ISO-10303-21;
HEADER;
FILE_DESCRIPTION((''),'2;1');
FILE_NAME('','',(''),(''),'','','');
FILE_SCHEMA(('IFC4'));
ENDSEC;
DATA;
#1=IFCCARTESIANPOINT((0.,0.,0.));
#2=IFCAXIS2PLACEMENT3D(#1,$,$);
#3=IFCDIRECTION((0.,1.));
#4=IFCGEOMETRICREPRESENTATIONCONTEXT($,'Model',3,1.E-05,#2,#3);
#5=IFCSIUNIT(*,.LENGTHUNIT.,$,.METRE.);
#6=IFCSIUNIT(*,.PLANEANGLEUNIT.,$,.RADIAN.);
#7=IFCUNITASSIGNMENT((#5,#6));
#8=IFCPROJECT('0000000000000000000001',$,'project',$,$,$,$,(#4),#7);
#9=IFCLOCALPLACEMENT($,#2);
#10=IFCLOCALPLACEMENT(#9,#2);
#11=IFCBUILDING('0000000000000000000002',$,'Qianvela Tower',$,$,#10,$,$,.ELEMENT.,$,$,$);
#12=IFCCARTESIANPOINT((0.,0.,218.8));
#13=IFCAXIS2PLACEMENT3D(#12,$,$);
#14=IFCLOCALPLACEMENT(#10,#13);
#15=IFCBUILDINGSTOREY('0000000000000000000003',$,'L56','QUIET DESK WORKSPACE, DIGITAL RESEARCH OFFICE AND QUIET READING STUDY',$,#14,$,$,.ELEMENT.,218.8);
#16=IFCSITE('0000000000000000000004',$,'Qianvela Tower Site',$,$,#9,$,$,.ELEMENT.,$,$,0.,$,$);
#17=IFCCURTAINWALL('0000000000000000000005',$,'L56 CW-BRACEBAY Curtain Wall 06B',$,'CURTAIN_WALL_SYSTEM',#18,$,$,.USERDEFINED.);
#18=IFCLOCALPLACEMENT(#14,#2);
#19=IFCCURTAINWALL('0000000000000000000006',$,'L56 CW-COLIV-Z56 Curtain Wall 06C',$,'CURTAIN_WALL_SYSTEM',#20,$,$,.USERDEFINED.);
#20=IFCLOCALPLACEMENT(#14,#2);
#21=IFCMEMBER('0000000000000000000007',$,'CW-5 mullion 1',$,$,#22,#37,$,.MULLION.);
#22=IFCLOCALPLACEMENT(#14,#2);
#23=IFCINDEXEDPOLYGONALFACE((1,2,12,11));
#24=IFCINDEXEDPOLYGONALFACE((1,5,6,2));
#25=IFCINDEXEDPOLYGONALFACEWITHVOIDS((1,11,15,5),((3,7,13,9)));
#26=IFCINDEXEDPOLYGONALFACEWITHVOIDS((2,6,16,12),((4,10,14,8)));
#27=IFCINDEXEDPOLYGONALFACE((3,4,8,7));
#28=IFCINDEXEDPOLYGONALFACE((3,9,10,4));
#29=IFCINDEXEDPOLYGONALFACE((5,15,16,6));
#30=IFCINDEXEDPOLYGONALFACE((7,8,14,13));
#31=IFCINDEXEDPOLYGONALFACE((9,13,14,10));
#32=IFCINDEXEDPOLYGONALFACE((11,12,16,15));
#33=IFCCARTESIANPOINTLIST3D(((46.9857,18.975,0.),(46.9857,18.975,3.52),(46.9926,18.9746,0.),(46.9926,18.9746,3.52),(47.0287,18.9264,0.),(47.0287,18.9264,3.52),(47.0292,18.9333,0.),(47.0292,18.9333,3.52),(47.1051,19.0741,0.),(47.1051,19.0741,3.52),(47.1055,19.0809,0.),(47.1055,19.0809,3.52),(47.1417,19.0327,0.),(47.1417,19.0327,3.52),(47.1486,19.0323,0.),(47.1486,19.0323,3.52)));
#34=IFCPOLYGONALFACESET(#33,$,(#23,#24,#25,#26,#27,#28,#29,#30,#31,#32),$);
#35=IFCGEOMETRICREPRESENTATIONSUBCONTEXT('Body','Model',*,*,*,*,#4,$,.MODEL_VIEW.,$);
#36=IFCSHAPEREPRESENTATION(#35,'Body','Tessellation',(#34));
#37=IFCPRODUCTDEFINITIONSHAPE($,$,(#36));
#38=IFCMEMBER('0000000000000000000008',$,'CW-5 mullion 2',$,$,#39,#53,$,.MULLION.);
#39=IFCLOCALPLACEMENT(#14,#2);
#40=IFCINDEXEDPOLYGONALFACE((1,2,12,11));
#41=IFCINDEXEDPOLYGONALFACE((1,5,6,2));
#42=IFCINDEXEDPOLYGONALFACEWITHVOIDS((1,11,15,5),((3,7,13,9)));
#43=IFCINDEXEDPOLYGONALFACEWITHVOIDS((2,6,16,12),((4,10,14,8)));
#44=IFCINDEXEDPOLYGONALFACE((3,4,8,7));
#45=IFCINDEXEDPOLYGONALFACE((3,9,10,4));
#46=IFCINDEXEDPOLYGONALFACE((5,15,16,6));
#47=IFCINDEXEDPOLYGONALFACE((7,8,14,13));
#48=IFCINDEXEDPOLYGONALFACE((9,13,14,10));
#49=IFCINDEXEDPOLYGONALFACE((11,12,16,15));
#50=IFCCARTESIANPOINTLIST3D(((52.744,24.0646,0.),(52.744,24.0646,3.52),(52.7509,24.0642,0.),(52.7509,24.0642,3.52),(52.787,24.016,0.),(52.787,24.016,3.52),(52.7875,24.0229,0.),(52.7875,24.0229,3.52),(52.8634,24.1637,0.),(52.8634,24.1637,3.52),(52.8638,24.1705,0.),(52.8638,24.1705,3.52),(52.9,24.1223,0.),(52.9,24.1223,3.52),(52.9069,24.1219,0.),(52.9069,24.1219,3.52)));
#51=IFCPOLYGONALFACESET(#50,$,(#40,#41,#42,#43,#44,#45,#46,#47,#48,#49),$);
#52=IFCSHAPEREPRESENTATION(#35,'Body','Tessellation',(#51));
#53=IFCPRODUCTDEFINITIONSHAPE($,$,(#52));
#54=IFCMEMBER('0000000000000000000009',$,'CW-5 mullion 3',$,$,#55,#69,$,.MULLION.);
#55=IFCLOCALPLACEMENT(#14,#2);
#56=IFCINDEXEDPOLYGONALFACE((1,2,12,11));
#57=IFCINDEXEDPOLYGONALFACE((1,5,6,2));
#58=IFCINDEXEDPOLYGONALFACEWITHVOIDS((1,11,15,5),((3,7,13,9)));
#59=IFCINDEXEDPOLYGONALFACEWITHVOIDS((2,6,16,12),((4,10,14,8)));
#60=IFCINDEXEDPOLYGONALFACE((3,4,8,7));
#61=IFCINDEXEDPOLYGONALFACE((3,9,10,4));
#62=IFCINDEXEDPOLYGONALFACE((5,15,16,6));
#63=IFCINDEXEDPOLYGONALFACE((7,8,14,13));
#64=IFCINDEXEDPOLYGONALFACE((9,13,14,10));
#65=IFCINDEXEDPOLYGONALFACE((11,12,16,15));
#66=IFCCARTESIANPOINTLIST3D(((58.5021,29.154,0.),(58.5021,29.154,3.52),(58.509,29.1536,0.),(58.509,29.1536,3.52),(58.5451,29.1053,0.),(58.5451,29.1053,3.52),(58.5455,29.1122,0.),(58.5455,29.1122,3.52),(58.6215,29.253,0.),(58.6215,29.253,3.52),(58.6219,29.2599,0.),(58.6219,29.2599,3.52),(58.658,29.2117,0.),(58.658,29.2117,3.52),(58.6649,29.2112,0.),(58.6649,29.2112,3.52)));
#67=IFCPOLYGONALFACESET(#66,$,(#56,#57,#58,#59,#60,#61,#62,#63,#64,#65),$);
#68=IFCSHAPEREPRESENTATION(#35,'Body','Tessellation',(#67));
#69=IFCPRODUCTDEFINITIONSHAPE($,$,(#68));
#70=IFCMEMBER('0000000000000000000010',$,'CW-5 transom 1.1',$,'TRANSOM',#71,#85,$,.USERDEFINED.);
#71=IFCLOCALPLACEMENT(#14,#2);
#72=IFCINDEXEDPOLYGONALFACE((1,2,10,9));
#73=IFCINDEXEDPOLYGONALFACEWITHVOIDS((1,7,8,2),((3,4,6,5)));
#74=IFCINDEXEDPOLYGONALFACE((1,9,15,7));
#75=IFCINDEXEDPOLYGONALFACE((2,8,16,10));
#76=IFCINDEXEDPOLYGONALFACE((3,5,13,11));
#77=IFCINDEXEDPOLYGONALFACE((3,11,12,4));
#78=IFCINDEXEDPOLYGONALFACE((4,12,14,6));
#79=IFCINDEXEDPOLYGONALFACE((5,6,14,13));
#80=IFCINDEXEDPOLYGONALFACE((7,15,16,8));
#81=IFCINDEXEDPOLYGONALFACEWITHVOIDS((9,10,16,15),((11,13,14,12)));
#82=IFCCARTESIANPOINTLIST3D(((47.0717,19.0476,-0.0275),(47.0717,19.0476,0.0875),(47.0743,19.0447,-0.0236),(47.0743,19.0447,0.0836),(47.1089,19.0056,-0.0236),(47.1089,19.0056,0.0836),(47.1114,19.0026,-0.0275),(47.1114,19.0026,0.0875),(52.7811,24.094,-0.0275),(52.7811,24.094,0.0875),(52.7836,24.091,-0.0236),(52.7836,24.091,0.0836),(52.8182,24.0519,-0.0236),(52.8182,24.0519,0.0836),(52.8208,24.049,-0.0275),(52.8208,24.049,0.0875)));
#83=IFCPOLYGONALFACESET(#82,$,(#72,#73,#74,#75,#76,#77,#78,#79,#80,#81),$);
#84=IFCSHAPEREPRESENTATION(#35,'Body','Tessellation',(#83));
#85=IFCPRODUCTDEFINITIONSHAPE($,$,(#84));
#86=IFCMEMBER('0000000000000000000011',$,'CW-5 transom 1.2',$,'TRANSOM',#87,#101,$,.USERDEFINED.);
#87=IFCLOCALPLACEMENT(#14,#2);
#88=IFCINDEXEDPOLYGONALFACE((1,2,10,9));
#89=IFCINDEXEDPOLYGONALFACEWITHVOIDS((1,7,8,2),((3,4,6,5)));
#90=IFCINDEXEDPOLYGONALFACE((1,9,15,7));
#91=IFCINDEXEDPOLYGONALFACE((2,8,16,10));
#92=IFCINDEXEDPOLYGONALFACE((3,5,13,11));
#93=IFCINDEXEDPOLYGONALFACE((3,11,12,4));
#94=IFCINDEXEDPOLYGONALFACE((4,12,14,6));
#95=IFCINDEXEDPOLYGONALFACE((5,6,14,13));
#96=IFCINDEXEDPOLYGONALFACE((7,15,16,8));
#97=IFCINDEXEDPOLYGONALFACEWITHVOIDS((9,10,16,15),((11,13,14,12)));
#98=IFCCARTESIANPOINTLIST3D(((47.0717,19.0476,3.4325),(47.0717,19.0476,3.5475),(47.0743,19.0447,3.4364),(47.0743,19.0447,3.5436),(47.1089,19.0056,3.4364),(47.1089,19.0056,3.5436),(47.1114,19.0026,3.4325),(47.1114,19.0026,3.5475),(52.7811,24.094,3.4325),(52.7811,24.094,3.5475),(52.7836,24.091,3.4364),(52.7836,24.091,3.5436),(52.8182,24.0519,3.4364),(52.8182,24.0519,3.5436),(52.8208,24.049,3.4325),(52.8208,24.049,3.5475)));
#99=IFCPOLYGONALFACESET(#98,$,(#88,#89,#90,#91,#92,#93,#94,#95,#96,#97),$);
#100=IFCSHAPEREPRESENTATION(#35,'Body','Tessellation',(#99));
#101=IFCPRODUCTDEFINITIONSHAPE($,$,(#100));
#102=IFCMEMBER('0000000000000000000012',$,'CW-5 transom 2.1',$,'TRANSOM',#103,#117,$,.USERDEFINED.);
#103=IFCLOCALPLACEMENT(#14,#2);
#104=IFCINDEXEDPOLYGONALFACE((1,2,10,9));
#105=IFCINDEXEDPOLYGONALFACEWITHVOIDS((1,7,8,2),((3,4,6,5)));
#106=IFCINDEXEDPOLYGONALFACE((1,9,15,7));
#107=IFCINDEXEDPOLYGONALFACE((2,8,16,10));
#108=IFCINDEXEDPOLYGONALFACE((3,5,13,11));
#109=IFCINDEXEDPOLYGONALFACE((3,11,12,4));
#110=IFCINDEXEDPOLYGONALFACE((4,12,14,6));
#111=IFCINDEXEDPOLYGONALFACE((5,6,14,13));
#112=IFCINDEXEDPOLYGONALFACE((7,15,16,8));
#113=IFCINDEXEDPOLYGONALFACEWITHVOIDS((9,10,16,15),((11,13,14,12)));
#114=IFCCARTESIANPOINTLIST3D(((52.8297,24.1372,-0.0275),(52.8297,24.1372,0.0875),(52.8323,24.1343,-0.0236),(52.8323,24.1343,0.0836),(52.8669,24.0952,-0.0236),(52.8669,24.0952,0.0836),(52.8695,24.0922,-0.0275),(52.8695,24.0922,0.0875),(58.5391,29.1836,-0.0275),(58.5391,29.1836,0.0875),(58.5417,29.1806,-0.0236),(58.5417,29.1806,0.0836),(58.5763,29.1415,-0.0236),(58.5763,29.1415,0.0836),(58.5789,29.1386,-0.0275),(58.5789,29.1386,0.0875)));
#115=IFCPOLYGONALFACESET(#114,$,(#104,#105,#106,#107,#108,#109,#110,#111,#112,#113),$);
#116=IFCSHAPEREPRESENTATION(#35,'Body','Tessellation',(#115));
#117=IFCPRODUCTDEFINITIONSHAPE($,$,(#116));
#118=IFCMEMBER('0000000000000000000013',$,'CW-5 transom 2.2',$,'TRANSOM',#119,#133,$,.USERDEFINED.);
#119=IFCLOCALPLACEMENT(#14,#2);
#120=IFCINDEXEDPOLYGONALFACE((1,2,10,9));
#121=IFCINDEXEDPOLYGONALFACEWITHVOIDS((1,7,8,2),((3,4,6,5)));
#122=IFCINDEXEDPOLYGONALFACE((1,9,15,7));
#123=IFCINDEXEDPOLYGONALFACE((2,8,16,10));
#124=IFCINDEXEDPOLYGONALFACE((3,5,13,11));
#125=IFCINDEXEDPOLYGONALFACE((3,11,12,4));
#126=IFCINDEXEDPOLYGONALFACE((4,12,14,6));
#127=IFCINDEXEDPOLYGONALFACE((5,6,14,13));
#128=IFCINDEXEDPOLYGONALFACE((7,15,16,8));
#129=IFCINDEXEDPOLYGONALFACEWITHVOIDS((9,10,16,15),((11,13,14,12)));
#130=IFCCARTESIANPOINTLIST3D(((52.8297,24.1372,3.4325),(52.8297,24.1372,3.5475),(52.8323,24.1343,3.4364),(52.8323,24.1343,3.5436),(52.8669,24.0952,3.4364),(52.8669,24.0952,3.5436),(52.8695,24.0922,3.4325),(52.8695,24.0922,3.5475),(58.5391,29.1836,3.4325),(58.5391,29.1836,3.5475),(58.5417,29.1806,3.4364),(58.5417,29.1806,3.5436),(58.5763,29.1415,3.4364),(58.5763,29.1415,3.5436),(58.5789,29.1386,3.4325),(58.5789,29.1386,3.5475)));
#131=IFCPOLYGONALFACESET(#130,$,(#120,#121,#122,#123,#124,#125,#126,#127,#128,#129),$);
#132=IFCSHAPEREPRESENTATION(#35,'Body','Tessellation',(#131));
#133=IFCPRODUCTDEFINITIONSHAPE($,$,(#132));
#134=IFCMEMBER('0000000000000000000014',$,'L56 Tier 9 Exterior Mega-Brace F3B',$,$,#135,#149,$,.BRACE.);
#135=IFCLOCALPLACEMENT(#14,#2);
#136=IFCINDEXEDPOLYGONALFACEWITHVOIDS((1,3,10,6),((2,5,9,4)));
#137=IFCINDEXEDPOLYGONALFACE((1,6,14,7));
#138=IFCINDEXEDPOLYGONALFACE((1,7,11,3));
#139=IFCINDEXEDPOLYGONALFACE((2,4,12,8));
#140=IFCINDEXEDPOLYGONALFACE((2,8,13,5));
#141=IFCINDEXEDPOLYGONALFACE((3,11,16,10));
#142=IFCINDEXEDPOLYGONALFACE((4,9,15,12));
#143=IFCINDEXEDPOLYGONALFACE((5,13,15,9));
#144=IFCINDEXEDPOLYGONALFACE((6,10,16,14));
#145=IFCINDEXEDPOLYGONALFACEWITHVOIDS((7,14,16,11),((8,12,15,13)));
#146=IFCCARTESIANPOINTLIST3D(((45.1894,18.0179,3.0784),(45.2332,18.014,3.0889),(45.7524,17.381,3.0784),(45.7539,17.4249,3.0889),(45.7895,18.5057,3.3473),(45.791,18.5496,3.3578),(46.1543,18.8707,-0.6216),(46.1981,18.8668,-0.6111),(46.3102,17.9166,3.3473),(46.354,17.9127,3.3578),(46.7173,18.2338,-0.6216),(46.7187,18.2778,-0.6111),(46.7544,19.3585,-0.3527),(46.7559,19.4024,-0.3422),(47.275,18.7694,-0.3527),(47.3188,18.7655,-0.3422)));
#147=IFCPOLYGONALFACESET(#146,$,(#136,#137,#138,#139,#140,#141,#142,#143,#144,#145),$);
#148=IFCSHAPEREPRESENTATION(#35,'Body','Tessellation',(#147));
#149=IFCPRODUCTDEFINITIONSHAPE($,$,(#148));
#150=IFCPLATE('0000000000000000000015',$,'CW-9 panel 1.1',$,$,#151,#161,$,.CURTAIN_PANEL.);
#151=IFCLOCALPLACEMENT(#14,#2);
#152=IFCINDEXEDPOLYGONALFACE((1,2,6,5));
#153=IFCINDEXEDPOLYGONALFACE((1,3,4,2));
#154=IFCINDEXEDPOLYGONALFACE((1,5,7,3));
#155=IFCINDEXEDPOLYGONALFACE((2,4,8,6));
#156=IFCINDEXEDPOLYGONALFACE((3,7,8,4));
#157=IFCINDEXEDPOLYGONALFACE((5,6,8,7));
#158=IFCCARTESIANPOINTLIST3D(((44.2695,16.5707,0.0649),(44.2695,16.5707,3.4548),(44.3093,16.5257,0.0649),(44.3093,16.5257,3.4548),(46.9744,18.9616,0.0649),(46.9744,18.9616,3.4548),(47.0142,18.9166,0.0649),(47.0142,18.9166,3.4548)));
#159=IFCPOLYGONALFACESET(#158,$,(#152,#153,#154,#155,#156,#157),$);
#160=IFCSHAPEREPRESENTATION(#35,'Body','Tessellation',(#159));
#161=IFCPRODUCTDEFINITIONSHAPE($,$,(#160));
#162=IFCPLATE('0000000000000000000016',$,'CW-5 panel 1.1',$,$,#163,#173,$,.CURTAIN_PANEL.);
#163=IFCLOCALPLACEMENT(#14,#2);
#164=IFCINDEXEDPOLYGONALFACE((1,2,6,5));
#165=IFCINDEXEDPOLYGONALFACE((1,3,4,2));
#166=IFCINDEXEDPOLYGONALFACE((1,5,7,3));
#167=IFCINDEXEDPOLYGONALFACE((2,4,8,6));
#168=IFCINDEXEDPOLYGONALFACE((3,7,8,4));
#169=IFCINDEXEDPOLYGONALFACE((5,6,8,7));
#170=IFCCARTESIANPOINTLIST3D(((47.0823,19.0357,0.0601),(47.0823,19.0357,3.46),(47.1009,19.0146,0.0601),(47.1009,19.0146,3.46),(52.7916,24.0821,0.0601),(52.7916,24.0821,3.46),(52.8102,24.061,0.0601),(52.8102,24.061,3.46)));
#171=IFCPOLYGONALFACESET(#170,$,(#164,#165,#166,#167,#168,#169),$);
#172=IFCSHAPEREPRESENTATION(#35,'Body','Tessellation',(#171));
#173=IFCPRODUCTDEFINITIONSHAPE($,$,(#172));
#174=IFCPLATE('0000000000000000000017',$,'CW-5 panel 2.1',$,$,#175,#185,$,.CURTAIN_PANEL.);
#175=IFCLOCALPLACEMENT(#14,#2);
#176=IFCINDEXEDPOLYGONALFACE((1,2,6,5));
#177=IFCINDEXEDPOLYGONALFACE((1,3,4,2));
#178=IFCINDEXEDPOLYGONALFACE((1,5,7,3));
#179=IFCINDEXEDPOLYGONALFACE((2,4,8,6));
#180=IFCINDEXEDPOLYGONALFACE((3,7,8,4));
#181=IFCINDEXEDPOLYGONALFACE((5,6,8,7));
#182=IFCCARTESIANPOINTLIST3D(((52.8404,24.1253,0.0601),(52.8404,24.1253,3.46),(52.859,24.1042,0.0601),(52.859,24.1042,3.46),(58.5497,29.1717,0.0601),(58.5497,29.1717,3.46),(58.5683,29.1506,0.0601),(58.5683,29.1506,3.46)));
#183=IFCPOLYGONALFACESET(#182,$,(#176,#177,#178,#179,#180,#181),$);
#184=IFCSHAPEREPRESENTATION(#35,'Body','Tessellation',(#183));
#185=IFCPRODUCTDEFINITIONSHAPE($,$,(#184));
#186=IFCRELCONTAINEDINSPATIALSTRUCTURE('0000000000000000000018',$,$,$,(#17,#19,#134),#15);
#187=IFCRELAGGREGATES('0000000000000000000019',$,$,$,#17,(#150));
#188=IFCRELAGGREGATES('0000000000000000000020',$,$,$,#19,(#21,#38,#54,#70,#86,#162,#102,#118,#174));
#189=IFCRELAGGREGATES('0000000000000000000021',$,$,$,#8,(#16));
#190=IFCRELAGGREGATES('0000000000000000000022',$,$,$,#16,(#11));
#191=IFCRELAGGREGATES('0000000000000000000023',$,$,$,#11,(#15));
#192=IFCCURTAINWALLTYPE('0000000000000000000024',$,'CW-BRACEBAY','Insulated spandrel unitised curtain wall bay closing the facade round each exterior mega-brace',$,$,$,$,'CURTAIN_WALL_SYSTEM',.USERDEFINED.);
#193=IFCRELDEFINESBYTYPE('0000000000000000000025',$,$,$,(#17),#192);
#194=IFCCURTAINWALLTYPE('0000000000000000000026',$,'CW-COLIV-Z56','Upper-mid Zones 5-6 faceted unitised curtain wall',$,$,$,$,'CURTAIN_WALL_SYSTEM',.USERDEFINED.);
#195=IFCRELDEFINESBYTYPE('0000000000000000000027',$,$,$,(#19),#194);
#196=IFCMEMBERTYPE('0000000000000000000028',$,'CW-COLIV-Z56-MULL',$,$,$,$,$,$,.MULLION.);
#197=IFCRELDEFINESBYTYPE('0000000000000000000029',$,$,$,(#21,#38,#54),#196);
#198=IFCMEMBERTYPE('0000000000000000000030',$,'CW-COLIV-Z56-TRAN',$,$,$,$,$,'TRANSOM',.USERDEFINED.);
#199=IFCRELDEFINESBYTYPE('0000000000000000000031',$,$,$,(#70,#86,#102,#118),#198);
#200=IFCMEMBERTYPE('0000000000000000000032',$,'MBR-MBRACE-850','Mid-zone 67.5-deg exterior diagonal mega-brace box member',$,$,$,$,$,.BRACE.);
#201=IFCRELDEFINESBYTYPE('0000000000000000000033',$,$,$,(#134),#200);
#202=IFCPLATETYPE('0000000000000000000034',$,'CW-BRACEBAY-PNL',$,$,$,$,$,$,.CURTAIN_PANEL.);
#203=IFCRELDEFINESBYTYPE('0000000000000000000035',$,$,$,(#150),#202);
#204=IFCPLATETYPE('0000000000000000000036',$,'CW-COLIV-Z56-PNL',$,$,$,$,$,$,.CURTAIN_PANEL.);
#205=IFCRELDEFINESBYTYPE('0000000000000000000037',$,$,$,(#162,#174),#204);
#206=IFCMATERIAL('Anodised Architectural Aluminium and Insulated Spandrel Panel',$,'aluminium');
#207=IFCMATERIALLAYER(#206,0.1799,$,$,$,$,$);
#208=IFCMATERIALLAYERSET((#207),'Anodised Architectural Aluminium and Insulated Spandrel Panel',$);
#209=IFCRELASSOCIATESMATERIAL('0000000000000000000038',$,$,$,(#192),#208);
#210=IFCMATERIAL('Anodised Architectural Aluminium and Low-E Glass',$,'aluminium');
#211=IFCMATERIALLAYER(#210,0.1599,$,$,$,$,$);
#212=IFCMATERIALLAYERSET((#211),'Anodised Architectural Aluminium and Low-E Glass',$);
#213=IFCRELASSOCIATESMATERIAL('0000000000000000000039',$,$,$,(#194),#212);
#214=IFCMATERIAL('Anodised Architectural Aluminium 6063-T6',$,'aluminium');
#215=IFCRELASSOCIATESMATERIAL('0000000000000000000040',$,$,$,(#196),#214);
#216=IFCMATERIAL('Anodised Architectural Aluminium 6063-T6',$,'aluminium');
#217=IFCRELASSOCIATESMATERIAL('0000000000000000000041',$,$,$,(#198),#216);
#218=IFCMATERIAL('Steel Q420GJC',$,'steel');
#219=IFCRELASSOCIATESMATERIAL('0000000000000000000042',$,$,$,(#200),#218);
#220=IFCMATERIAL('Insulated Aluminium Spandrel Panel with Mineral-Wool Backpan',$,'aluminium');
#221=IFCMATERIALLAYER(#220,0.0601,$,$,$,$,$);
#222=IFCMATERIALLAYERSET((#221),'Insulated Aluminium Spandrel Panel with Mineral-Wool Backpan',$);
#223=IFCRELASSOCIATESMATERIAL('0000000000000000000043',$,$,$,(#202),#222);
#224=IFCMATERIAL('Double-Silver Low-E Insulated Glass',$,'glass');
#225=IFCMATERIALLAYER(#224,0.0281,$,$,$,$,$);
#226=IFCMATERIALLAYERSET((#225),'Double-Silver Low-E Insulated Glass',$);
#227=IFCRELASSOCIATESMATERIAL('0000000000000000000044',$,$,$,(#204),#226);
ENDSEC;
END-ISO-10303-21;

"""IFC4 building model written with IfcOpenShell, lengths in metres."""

from ifc_helpers import new_model, si_unit, direction, frame, origin, origin_2d, place, context, subcontext, project, spatial, rectangle, hollow_rectangle, extrude, material, layer, layer_set, material_profile, profile_set, type_object, element, aggregate, save


model = new_model("IFC4")

# Units and contexts
model_context = context("Model", 3, precision=1e-05, world=origin(), true_north=direction((0.0, 1.0)))
body_context = subcontext(model_context, "Body", "Model", "MODEL_VIEW")
ifc_project = project(units=[si_unit("LENGTHUNIT", "METRE"), si_unit("PLANEANGLEUNIT", "RADIAN")], contexts=[model_context])

# Site, building, storey
site_placement = place(None, origin())
site = spatial("IfcSite", under=ifc_project, at=site_placement, Name="Qianvela Tower Site", CompositionType="ELEMENT", RefElevation=0.0)
building_placement = place(site_placement, origin())
building = spatial("IfcBuilding", under=site, at=building_placement, Name="Qianvela Tower", CompositionType="ELEMENT")
storey_placement = place(building_placement, frame((0.0, 0.0, 218.8)))
storey = spatial("IfcBuildingStorey", under=building, at=storey_placement, Name="L56", Description="QUIET DESK WORKSPACE, DIGITAL RESEARCH OFFICE AND QUIET READING STUDY", CompositionType="ELEMENT", Elevation=218.8)

# Curtain wall
ifc_material_1 = material(Name="Anodised Architectural Aluminium and Insulated Spandrel Panel", Category="aluminium")
ifc_layer_1 = layer(ifc_material_1, 0.1799)
ifc_layer_set_1 = layer_set([ifc_layer_1], Name="Anodised Architectural Aluminium and Insulated Spandrel Panel")
curtain_wall_type_1 = type_object("IfcCurtainWallType", Name="CW-BRACEBAY", Description="Insulated spandrel unitised curtain wall bay closing the facade round each exterior mega-brace", ElementType="CURTAIN_WALL_SYSTEM", PredefinedType="USERDEFINED", material=ifc_layer_set_1)
curtain_wall_1_placement = place(storey_placement, origin())
curtain_wall_1 = element("IfcCurtainWall", 1, at=curtain_wall_1_placement, inside=storey, type_object=curtain_wall_type_1, Name="L56 CW-BRACEBAY Curtain Wall 06B", ObjectType="CURTAIN_WALL_SYSTEM", PredefinedType="USERDEFINED")

# Curtain wall, members
ifc_material_2 = material(Name="Anodised Architectural Aluminium and Low-E Glass", Category="aluminium")
ifc_layer_2 = layer(ifc_material_2, 0.1599)
ifc_layer_set_2 = layer_set([ifc_layer_2], Name="Anodised Architectural Aluminium and Low-E Glass")
curtain_wall_type_2 = type_object("IfcCurtainWallType", Name="CW-COLIV-Z56", Description="Upper-mid Zones 5-6 faceted unitised curtain wall", ElementType="CURTAIN_WALL_SYSTEM", PredefinedType="USERDEFINED", material=ifc_layer_set_2)
curtain_wall_2_placement = place(storey_placement, origin())
curtain_wall_2 = element("IfcCurtainWall", 2, at=curtain_wall_2_placement, inside=storey, type_object=curtain_wall_type_2, Name="L56 CW-COLIV-Z56 Curtain Wall 06C", ObjectType="CURTAIN_WALL_SYSTEM", PredefinedType="USERDEFINED")
ifc_material_3 = material(Name="Anodised Architectural Aluminium 6063-T6", Category="aluminium")
ifc_material_profile_1 = material_profile(ifc_material_3, hollow_rectangle(XDim=0.0649, YDim=0.1599, WallThickness=0.0049, at=origin_2d()), Name="ALU-MULL-65x160")
ifc_profile_set_1 = profile_set([ifc_material_profile_1], Name="Anodised Architectural Aluminium 6063-T6")
member_type_1 = type_object("IfcMemberType", Name="CW-COLIV-Z56-MULL", PredefinedType="MULLION", material=ifc_profile_set_1)
member_1_placement = place(storey_placement, frame((47.0671, 19.0037, 0.0), z_axis=(0.0, 0.0, 1.0), x_axis=(-0.662269, 0.749266, 0.0)))
member_1 = element("IfcMember", 3, at=member_1_placement, type_object=member_type_1, Name="CW-5 mullion 1", PredefinedType="MULLION", context=body_context, shape_type="SweptSolid", body=[
    extrude(hollow_rectangle(XDim=0.0649, YDim=0.1599, WallThickness=0.0049, at=origin_2d()), origin(), (0.0, 0.0, 1.0), 3.52),
])
member_2_placement = place(storey_placement, frame((52.8254, 24.0933, 0.0), z_axis=(0.0, 0.0, 1.0), x_axis=(-0.662269, 0.749266, 0.0)))
member_2 = element("IfcMember", 4, at=member_2_placement, type_object=member_type_1, Name="CW-5 mullion 2", PredefinedType="MULLION", context=body_context, shape_type="SweptSolid", body=[
    extrude(hollow_rectangle(XDim=0.0649, YDim=0.1599, WallThickness=0.0049, at=origin_2d()), origin(), (0.0, 0.0, 1.0), 3.52),
])
member_3_placement = place(storey_placement, frame((58.5835, 29.1826, 0.0), z_axis=(0.0, 0.0, 1.0), x_axis=(-0.662269, 0.749266, 0.0)))
member_3 = element("IfcMember", 5, at=member_3_placement, type_object=member_type_1, Name="CW-5 mullion 3", PredefinedType="MULLION", context=body_context, shape_type="SweptSolid", body=[
    extrude(hollow_rectangle(XDim=0.0649, YDim=0.1599, WallThickness=0.0049, at=origin_2d()), origin(), (0.0, 0.0, 1.0), 3.52),
])
ifc_material_4 = material(Name="Anodised Architectural Aluminium 6063-T6", Category="aluminium")
ifc_material_profile_2 = material_profile(ifc_material_4, hollow_rectangle(XDim=0.0601, YDim=0.115, WallThickness=0.0039, at=origin_2d()), Name="ALU-TRAN-60x115")
ifc_profile_set_2 = profile_set([ifc_material_profile_2], Name="Anodised Architectural Aluminium 6063-T6")
member_type_2 = type_object("IfcMemberType", Name="CW-COLIV-Z56-TRAN", ElementType="TRANSOM", PredefinedType="USERDEFINED", material=ifc_profile_set_2)
member_4_placement = place(storey_placement, frame((47.0916, 19.0251, 0.03), z_axis=(0.749277, 0.662257, 0.0), x_axis=(-0.662257, 0.749277, 0.0)))
member_4 = element("IfcMember", 6, at=member_4_placement, type_object=member_type_2, Name="CW-5 transom 1.1", ObjectType="TRANSOM", PredefinedType="USERDEFINED", context=body_context, shape_type="SweptSolid", body=[
    extrude(hollow_rectangle(XDim=0.0601, YDim=0.115, WallThickness=0.0039, at=origin_2d()), origin(), (0.0, 0.0, 1.0), 7.6199),
])
member_5_placement = place(storey_placement, frame((47.0916, 19.0251, 3.49), z_axis=(0.749277, 0.662257, 0.0), x_axis=(-0.662257, 0.749277, 0.0)))
member_5 = element("IfcMember", 7, at=member_5_placement, type_object=member_type_2, Name="CW-5 transom 1.2", ObjectType="TRANSOM", PredefinedType="USERDEFINED", context=body_context, shape_type="SweptSolid", body=[
    extrude(hollow_rectangle(XDim=0.0601, YDim=0.115, WallThickness=0.0039, at=origin_2d()), origin(), (0.0, 0.0, 1.0), 7.6199),
])
member_6_placement = place(storey_placement, frame((52.8496, 24.1147, 0.03), z_axis=(0.749277, 0.662257, 0.0), x_axis=(-0.662257, 0.749277, 0.0)))
member_6 = element("IfcMember", 8, at=member_6_placement, type_object=member_type_2, Name="CW-5 transom 2.1", ObjectType="TRANSOM", PredefinedType="USERDEFINED", context=body_context, shape_type="SweptSolid", body=[
    extrude(hollow_rectangle(XDim=0.0601, YDim=0.115, WallThickness=0.0039, at=origin_2d()), origin(), (0.0, 0.0, 1.0), 7.6199),
])
member_7_placement = place(storey_placement, frame((52.8496, 24.1147, 3.49), z_axis=(0.749277, 0.662257, 0.0), x_axis=(-0.662257, 0.749277, 0.0)))
member_7 = element("IfcMember", 9, at=member_7_placement, type_object=member_type_2, Name="CW-5 transom 2.2", ObjectType="TRANSOM", PredefinedType="USERDEFINED", context=body_context, shape_type="SweptSolid", body=[
    extrude(hollow_rectangle(XDim=0.0601, YDim=0.115, WallThickness=0.0039, at=origin_2d()), origin(), (0.0, 0.0, 1.0), 7.6199),
])

# Member
ifc_material_5 = material(Name="Steel Q420GJC", Category="steel")
ifc_material_profile_3 = material_profile(ifc_material_5, hollow_rectangle(XDim=0.8501, YDim=0.8501, WallThickness=0.032, at=origin_2d()), Name="MBOX-850x850x32")
ifc_profile_set_3 = profile_set([ifc_material_profile_3], Name="Steel Q420GJC")
member_type_3 = type_object("IfcMemberType", Name="MBR-MBRACE-850", Description="Mid-zone 67.5-deg exterior diagonal mega-brace box member", PredefinedType="BRACE", material=ifc_profile_set_3)
member_8_placement = place(storey_placement, frame((46.7366, 18.8181, -0.4819), z_axis=(-0.246283, -0.217679, 0.944437), x_axis=(0.662255, -0.749279, 0.0)))
element("IfcMember", 10, at=member_8_placement, inside=storey, type_object=member_type_3, Name="L56 Tier 9 Exterior Mega-Brace F3B", PredefinedType="BRACE", context=body_context, shape_type="SweptSolid", body=[
    extrude(hollow_rectangle(XDim=0.8501, YDim=0.8501, WallThickness=0.032, at=origin_2d()), origin(), (0.0, 0.0, 1.0), 3.9177),
])

# Plates
ifc_material_6 = material(Name="Insulated Aluminium Spandrel Panel with Mineral-Wool Backpan", Category="aluminium")
ifc_layer_3 = layer(ifc_material_6, 0.0601)
ifc_layer_set_3 = layer_set([ifc_layer_3], Name="Insulated Aluminium Spandrel Panel with Mineral-Wool Backpan")
plate_type_1 = type_object("IfcPlateType", Name="CW-BRACEBAY-PNL", PredefinedType="CURTAIN_PANEL", material=ifc_layer_set_3)
plate_1_placement = place(storey_placement, frame((45.6418, 17.7437, 0.0649), z_axis=(0.0, 0.0, 1.0), x_axis=(0.74927, 0.662265, 0.0)))
plate_1 = element("IfcPlate", 11, at=plate_1_placement, type_object=plate_type_1, Name="CW-9 panel 1.1", PredefinedType="CURTAIN_PANEL", context=body_context, shape_type="SweptSolid", body=[
    extrude(rectangle(XDim=3.6101, YDim=0.0601, at=origin_2d()), origin(), (0.0, 0.0, 1.0), 3.3899),
])
aggregate(curtain_wall_1, [plate_1])
ifc_material_7 = material(Name="Double-Silver Low-E Insulated Glass", Category="glass")
ifc_layer_4 = layer(ifc_material_7, 0.0281)
ifc_layer_set_4 = layer_set([ifc_layer_4], Name="Double-Silver Low-E Insulated Glass")
plate_type_2 = type_object("IfcPlateType", Name="CW-COLIV-Z56-PNL", PredefinedType="CURTAIN_PANEL", material=ifc_layer_set_4)
plate_2_placement = place(storey_placement, frame((49.9463, 21.5483, 0.0601), z_axis=(0.0, 0.0, 1.0), x_axis=(0.749266, 0.662269, 0.0)))
plate_2 = element("IfcPlate", 12, at=plate_2_placement, type_object=plate_type_2, Name="CW-5 panel 1.1", PredefinedType="CURTAIN_PANEL", context=body_context, shape_type="SweptSolid", body=[
    extrude(rectangle(XDim=7.6199, YDim=0.0281, at=origin_2d()), origin(), (0.0, 0.0, 1.0), 3.3999),
])
plate_3_placement = place(storey_placement, frame((55.7043, 26.6379, 0.0601), z_axis=(0.0, 0.0, 1.0), x_axis=(0.749266, 0.662269, 0.0)))
plate_3 = element("IfcPlate", 13, at=plate_3_placement, type_object=plate_type_2, Name="CW-5 panel 2.1", PredefinedType="CURTAIN_PANEL", context=body_context, shape_type="SweptSolid", body=[
    extrude(rectangle(XDim=7.6199, YDim=0.0281, at=origin_2d()), origin(), (0.0, 0.0, 1.0), 3.3999),
])
aggregate(curtain_wall_2, [member_1, member_2, member_3, member_4, member_5, plate_2, member_6, member_7, plate_3])

save(model, "model.ifc")
